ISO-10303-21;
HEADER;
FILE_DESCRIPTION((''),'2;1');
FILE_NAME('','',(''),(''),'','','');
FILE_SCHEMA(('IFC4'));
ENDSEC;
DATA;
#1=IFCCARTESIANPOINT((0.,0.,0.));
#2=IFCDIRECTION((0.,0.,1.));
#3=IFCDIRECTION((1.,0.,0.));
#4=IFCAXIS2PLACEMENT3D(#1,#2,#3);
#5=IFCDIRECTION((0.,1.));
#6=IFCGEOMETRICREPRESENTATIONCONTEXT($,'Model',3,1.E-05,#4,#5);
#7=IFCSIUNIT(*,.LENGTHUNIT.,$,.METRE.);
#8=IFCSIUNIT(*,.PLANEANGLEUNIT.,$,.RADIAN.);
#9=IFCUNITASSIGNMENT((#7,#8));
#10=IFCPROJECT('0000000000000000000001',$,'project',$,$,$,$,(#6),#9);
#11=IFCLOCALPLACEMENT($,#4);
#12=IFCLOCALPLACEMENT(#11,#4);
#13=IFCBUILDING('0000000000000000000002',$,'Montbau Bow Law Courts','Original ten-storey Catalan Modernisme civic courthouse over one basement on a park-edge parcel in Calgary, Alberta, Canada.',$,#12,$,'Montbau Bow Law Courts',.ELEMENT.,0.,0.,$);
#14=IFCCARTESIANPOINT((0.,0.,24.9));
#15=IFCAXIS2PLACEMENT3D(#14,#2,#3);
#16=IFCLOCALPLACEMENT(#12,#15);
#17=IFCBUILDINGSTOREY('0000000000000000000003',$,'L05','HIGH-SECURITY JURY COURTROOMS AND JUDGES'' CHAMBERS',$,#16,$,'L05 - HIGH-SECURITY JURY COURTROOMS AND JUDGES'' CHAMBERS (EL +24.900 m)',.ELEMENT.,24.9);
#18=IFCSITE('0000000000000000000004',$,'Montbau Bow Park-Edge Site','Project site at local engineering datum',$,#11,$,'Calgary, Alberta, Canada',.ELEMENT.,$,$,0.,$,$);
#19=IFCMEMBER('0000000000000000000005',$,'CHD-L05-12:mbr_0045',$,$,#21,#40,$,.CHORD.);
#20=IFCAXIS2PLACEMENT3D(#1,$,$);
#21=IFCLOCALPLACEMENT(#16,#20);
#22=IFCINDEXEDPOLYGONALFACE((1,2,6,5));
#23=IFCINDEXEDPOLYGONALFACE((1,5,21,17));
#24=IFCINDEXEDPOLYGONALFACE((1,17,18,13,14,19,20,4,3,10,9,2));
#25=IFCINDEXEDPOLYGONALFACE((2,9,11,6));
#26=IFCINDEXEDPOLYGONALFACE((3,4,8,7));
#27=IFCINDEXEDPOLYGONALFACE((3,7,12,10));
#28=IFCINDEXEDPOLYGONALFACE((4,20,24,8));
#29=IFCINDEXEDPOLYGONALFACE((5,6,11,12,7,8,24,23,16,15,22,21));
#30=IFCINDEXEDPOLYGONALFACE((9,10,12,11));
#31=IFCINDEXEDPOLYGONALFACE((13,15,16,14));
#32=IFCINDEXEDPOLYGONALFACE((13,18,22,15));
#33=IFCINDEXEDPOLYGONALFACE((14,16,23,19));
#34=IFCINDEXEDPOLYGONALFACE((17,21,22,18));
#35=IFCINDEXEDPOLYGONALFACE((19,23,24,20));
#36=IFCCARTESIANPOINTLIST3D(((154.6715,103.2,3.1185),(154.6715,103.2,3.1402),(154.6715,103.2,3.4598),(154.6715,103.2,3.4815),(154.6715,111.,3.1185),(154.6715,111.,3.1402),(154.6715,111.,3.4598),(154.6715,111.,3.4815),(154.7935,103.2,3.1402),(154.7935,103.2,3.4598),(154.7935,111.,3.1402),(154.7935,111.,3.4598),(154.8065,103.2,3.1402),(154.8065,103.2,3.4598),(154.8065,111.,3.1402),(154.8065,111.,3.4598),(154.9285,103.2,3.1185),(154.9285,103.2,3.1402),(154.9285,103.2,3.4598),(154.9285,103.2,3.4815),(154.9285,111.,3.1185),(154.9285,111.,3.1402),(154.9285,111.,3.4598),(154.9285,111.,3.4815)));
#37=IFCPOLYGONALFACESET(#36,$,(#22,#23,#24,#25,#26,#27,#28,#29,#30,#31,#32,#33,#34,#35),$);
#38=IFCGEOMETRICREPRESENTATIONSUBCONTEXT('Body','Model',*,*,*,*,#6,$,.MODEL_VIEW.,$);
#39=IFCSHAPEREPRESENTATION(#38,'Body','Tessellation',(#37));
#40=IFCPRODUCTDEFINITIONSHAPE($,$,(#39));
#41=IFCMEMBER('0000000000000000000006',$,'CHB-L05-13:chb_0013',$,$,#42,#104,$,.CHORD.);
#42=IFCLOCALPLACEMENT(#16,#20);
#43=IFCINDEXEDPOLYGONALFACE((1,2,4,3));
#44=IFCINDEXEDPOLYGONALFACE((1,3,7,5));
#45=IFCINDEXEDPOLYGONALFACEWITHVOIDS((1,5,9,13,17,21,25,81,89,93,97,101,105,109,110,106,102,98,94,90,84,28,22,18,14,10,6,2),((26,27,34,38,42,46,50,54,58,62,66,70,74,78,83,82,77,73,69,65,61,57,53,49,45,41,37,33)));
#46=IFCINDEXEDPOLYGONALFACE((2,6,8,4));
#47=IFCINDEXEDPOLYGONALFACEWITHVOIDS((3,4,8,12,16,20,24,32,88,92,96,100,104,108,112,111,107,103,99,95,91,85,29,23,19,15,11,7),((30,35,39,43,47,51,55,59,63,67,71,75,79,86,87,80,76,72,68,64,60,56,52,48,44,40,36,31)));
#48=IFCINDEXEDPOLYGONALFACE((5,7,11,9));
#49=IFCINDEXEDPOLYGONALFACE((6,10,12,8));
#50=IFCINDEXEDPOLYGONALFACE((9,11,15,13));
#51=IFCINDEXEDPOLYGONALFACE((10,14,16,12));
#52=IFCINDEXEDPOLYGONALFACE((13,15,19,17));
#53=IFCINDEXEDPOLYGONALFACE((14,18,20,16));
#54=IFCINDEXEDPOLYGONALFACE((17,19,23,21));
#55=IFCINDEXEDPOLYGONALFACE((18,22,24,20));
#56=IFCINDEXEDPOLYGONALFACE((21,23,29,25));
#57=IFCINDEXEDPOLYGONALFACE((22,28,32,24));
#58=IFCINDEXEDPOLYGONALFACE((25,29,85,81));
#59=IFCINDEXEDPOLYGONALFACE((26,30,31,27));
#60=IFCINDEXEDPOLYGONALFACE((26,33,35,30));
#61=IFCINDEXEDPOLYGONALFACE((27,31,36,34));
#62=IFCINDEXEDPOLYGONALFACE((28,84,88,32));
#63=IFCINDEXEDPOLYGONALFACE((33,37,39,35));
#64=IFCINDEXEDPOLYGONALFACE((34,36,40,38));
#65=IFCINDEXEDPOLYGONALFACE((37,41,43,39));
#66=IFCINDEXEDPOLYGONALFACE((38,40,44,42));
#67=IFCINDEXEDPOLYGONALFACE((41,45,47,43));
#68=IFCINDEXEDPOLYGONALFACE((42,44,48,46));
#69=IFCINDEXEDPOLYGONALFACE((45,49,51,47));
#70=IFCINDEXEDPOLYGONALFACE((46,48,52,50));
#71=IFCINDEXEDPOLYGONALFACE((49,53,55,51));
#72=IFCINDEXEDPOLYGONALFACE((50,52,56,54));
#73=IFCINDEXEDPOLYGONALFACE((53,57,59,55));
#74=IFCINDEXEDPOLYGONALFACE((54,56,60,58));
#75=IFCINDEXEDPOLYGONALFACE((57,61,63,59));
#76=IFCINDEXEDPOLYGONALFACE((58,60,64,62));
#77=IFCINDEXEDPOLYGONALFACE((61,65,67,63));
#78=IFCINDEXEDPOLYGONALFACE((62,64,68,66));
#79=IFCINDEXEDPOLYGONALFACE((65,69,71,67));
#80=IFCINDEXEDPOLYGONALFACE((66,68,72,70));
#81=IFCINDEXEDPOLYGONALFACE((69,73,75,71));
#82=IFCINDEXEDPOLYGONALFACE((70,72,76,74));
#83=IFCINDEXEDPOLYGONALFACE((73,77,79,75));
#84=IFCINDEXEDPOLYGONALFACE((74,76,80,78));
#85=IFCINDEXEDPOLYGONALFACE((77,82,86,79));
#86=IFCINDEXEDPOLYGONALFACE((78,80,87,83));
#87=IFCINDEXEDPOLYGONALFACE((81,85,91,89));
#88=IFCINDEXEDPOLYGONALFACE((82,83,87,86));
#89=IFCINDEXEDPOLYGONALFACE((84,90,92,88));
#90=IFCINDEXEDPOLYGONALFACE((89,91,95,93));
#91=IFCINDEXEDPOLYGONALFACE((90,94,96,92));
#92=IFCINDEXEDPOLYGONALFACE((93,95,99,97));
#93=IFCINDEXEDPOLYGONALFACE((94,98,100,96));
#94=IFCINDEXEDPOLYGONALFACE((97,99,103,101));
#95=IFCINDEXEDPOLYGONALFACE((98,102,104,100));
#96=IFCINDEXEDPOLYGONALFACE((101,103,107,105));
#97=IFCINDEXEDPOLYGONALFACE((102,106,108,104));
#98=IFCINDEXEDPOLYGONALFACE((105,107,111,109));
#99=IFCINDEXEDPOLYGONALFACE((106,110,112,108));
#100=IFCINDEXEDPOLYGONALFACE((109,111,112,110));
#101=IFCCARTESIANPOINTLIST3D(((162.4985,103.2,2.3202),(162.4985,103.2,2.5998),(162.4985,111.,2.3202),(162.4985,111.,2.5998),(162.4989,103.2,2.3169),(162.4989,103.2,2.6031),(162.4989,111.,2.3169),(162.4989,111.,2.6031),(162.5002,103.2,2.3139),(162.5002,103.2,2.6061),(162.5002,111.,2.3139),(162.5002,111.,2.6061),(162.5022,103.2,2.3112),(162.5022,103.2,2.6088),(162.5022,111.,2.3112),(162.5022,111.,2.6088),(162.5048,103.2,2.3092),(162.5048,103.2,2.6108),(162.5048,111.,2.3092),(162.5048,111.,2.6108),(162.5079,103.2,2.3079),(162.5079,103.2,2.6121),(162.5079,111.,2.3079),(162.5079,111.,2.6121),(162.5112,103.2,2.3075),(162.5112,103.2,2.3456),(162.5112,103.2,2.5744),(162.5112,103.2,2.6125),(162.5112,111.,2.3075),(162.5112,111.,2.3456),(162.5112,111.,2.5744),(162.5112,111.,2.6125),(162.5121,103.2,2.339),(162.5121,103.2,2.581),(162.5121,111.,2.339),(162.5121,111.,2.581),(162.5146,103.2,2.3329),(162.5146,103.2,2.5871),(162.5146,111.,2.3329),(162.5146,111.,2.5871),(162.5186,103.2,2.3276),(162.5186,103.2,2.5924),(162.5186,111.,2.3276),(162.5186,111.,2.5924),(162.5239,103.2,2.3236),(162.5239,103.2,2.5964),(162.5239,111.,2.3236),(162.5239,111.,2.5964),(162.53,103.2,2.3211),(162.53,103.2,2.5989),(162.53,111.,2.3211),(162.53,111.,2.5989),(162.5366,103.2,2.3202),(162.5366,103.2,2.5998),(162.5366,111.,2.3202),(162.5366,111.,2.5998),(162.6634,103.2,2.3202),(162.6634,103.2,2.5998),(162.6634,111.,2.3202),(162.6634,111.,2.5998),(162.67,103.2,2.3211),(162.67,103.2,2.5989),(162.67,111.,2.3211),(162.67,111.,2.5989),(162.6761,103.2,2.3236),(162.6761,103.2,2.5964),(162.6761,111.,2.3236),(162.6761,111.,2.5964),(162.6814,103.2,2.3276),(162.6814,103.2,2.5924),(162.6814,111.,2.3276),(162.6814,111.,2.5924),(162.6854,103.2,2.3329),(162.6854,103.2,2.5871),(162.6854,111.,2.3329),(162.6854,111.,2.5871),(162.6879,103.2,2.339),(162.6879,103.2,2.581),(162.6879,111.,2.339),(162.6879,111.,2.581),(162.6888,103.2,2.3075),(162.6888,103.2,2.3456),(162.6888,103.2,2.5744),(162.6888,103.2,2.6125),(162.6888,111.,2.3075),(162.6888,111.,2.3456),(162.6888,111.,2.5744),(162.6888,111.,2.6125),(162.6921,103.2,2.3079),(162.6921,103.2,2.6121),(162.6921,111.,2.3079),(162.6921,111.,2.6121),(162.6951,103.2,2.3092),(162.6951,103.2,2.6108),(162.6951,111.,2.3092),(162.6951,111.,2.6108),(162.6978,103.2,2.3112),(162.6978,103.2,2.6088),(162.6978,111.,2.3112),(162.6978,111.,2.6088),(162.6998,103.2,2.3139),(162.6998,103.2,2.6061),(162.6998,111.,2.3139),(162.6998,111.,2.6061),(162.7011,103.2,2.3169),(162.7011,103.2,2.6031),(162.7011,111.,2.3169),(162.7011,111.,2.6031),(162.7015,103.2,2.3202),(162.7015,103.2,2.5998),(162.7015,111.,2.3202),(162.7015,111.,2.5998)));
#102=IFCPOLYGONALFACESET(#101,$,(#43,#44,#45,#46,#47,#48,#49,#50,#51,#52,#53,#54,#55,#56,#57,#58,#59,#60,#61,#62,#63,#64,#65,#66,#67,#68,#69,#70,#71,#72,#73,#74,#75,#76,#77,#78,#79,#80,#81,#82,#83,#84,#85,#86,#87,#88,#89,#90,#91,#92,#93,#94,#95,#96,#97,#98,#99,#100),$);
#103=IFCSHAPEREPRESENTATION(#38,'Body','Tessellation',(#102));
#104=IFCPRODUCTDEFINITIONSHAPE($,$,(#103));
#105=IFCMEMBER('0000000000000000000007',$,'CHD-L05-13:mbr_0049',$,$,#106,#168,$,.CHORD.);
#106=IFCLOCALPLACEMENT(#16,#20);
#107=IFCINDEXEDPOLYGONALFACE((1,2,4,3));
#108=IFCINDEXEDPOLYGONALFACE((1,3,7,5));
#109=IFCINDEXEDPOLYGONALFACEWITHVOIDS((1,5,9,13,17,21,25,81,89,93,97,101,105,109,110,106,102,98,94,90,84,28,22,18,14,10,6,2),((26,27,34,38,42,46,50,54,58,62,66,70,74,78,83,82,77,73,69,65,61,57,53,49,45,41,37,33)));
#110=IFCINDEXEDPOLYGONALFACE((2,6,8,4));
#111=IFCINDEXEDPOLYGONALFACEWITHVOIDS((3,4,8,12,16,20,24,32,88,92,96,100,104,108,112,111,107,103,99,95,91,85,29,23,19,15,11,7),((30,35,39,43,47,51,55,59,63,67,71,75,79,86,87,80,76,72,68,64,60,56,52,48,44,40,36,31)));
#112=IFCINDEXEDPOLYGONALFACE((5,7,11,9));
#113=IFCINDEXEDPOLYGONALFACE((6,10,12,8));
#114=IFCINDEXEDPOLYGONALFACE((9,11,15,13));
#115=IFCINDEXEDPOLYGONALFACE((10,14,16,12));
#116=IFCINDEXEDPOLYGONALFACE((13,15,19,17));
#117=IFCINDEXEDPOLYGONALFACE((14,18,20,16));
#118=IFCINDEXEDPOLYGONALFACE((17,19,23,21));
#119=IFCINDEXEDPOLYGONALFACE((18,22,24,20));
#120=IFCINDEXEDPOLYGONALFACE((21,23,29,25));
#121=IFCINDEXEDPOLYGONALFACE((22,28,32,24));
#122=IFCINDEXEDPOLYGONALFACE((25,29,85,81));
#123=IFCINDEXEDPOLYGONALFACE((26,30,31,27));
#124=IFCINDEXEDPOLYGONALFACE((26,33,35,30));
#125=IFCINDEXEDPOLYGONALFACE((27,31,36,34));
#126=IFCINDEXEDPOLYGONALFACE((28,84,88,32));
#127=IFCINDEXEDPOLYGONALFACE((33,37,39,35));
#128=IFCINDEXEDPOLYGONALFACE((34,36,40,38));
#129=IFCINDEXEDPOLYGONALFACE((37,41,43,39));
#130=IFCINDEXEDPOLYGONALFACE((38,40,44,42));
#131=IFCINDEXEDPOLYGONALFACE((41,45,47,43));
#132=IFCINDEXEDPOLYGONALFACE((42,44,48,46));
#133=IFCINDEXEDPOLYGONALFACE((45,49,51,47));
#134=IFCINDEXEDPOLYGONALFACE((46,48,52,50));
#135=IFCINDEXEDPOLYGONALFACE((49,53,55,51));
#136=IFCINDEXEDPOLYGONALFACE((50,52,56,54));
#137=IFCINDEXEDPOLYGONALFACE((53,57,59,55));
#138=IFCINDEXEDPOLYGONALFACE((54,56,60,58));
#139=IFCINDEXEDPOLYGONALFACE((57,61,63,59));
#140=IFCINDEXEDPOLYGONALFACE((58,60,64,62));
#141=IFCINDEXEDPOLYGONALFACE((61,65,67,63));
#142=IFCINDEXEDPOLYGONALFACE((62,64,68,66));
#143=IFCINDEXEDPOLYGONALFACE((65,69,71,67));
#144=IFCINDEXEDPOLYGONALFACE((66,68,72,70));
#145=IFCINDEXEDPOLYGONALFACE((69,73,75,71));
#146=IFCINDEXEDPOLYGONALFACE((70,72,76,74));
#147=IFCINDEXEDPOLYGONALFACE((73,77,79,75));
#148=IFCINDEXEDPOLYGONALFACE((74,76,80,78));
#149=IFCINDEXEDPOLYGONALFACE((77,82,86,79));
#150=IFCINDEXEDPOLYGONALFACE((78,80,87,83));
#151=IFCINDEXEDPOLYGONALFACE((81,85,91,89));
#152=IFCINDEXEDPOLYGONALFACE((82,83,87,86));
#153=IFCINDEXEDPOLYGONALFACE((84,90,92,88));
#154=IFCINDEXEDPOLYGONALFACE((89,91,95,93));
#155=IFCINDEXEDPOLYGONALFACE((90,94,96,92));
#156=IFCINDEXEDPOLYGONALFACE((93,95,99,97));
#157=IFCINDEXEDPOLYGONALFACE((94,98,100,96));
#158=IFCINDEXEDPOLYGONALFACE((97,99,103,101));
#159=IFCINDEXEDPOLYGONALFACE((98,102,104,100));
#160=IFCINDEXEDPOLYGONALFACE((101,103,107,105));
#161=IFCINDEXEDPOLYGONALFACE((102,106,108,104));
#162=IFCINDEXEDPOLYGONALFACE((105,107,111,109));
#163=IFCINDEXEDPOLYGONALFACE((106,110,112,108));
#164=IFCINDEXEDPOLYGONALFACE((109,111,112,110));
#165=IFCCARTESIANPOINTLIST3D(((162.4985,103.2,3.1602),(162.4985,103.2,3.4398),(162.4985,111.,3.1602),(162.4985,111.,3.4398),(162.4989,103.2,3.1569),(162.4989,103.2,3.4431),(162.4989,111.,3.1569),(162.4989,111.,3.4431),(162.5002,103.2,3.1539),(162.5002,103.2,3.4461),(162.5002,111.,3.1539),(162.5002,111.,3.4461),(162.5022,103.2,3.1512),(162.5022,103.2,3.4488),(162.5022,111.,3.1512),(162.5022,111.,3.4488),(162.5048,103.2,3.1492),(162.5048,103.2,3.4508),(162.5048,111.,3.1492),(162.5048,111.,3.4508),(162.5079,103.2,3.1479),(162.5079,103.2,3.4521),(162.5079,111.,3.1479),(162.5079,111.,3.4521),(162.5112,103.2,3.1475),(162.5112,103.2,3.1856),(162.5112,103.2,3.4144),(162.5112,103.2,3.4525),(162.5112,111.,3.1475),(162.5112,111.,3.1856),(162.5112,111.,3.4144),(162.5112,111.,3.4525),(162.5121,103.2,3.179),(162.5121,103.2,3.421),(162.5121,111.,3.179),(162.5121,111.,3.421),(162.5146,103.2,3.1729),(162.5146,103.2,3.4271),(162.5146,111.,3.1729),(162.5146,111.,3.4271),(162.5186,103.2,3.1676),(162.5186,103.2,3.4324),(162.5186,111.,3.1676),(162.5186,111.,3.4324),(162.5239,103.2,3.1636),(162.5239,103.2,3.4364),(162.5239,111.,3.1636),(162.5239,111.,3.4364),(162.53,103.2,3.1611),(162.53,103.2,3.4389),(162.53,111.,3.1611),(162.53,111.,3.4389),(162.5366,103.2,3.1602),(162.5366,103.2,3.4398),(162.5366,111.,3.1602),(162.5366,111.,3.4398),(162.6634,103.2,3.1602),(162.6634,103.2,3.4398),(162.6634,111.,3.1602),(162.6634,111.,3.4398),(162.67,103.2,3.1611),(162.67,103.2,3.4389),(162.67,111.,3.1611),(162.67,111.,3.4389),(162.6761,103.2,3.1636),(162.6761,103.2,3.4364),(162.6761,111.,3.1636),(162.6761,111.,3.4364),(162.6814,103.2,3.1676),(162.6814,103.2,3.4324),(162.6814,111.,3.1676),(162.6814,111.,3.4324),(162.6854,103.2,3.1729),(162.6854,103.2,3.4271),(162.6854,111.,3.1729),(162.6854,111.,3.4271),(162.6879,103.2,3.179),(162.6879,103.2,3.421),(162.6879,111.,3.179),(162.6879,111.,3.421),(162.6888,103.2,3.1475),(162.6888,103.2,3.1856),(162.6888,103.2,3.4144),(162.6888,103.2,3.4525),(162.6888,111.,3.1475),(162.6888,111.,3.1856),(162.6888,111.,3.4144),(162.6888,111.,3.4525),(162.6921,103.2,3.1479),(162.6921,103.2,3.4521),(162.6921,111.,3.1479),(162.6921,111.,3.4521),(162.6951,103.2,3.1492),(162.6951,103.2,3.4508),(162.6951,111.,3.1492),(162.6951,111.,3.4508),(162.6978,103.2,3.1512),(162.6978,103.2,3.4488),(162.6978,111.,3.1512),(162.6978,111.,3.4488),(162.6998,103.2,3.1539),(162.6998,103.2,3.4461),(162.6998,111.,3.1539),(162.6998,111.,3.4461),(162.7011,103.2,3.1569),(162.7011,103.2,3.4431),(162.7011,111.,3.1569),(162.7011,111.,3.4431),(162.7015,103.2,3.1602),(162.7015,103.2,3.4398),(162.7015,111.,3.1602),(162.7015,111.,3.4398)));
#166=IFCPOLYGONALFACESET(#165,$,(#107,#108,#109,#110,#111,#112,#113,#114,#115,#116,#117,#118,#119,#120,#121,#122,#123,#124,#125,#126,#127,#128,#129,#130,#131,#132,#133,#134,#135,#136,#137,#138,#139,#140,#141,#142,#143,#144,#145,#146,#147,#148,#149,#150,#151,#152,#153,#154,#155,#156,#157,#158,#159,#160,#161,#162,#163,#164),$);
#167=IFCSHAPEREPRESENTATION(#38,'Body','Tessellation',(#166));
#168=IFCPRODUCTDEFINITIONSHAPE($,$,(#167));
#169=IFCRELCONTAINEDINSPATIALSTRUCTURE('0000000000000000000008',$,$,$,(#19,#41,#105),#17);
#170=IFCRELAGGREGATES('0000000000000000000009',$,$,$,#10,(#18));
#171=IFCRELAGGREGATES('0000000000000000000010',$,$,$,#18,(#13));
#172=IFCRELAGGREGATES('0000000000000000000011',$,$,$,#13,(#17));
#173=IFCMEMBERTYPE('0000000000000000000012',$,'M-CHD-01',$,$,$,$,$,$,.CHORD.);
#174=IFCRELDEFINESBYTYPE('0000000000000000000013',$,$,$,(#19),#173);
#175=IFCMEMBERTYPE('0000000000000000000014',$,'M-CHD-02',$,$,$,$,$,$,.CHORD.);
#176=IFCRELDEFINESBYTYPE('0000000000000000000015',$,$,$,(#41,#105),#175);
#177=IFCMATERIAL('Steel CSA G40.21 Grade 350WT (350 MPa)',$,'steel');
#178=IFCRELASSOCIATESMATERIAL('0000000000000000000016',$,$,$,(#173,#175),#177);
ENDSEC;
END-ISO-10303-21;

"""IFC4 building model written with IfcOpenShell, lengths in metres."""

from ifc_helpers import new_model, si_unit, direction, frame, origin_with_axes, origin_2d_with_axis, place, context, subcontext, project, spatial, hollow_rectangle, i_section, extrude, material, material_profile, profile_set, type_object, element, save


model = new_model("IFC4")

# Units and contexts
model_context = context("Model", 3, precision=1e-05, world=origin_with_axes(), true_north=direction((0.0, 1.0)))
body_context = subcontext(model_context, "Body", "Model", "MODEL_VIEW")
ifc_project = project(units=[si_unit("LENGTHUNIT", "METRE"), si_unit("PLANEANGLEUNIT", "RADIAN")], contexts=[model_context])

# Site, building, storey
site_placement = place(None, origin_with_axes())
site = spatial("IfcSite", under=ifc_project, at=site_placement, Name="Montbau Bow Park-Edge Site", Description="Project site at local engineering datum", LongName="Calgary, Alberta, Canada", CompositionType="ELEMENT", RefElevation=0.0)
building_placement = place(site_placement, origin_with_axes())
building = spatial("IfcBuilding", under=site, at=building_placement, Name="Montbau Bow Law Courts", Description="Original ten-storey Catalan Modernisme civic courthouse over one basement on a park-edge parcel in Calgary, Alberta, Canada.", LongName="Montbau Bow Law Courts", CompositionType="ELEMENT", ElevationOfRefHeight=0.0, ElevationOfTerrain=0.0)
storey_placement = place(building_placement, frame((0.0, 0.0, 24.9), z_axis=(0.0, 0.0, 1.0), x_axis=(1.0, 0.0, 0.0)))
storey = spatial("IfcBuildingStorey", under=building, at=storey_placement, Name="L05", Description="HIGH-SECURITY JURY COURTROOMS AND JUDGES' CHAMBERS", LongName="L05 - HIGH-SECURITY JURY COURTROOMS AND JUDGES' CHAMBERS (EL +24.900 m)", CompositionType="ELEMENT", Elevation=24.9)

# Shared definitions
ifc_material_1 = material(Name="Steel CSA G40.21 Grade 350WT (350 MPa)", Category="steel")

# Members
ifc_material_profile_1 = material_profile(ifc_material_1, i_section(OverallWidth=0.257, OverallDepth=0.363, WebThickness=0.013, FlangeThickness=0.0217, at=origin_2d_with_axis()), Name="W360X122", Category="Main", Priority=0)
ifc_profile_set_1 = profile_set([ifc_material_profile_1], Name="Steel CSA G40.21 Grade 350WT (350 MPa)")
member_type_1 = type_object("IfcMemberType", Name="M-CHD-01", PredefinedType="CHORD", material=ifc_profile_set_1)
member_placement = place(None, frame((154.8, 103.2, 28.2), z_axis=(0.0, 1.0, 0.0), x_axis=(-1.0, 0.0, 0.0)))
element("IfcMember", 1, at=member_placement, inside=storey, type_object=member_type_1, Name="CHD-L05-12:mbr_0045", PredefinedType="CHORD", context=body_context, shape_type="SweptSolid", body=[
    extrude(i_section(OverallWidth=0.257, OverallDepth=0.363, WebThickness=0.013, FlangeThickness=0.0217, at=origin_2d_with_axis()), origin_with_axes(), (0.0, 0.0, 1.0), 7.8),
])
ifc_material_profile_2 = material_profile(ifc_material_1, hollow_rectangle(XDim=0.203, YDim=0.305, WallThickness=0.0127, InnerFilletRadius=0.0254, OuterFilletRadius=0.0127, at=origin_2d_with_axis()), Name="HSS305X203X13", Category="Main", Priority=0)
ifc_profile_set_2 = profile_set([ifc_material_profile_2], Name="Steel CSA G40.21 Grade 350WT (350 MPa)")
member_type_2 = type_object("IfcMemberType", Name="M-CHD-02", PredefinedType="CHORD", material=ifc_profile_set_2)
for number, where, z_axis, x_axis, name in (
    (2, (162.6, 103.2, 27.36), (0.0, 1.0, 0.0), (-1.0, 0.0, 0.0), "CHB-L05-13:chb_0013"),
    (3, (162.6, 103.2, 28.2), (0.0, 1.0, 0.0), (-1.0, 0.0, 0.0), "CHD-L05-13:mbr_0049"),
):
    element("IfcMember", number, at=place(None, frame(where, z_axis=z_axis, x_axis=x_axis)), inside=storey, type_object=member_type_2, Name=name, PredefinedType="CHORD", context=body_context, shape_type="SweptSolid", body=[
        extrude(hollow_rectangle(XDim=0.203, YDim=0.305, WallThickness=0.0127, InnerFilletRadius=0.0254, OuterFilletRadius=0.0127, at=origin_2d_with_axis()), origin_with_axes(), (0.0, 0.0, 1.0), 7.8),
    ])

save(model, "model.ifc")
